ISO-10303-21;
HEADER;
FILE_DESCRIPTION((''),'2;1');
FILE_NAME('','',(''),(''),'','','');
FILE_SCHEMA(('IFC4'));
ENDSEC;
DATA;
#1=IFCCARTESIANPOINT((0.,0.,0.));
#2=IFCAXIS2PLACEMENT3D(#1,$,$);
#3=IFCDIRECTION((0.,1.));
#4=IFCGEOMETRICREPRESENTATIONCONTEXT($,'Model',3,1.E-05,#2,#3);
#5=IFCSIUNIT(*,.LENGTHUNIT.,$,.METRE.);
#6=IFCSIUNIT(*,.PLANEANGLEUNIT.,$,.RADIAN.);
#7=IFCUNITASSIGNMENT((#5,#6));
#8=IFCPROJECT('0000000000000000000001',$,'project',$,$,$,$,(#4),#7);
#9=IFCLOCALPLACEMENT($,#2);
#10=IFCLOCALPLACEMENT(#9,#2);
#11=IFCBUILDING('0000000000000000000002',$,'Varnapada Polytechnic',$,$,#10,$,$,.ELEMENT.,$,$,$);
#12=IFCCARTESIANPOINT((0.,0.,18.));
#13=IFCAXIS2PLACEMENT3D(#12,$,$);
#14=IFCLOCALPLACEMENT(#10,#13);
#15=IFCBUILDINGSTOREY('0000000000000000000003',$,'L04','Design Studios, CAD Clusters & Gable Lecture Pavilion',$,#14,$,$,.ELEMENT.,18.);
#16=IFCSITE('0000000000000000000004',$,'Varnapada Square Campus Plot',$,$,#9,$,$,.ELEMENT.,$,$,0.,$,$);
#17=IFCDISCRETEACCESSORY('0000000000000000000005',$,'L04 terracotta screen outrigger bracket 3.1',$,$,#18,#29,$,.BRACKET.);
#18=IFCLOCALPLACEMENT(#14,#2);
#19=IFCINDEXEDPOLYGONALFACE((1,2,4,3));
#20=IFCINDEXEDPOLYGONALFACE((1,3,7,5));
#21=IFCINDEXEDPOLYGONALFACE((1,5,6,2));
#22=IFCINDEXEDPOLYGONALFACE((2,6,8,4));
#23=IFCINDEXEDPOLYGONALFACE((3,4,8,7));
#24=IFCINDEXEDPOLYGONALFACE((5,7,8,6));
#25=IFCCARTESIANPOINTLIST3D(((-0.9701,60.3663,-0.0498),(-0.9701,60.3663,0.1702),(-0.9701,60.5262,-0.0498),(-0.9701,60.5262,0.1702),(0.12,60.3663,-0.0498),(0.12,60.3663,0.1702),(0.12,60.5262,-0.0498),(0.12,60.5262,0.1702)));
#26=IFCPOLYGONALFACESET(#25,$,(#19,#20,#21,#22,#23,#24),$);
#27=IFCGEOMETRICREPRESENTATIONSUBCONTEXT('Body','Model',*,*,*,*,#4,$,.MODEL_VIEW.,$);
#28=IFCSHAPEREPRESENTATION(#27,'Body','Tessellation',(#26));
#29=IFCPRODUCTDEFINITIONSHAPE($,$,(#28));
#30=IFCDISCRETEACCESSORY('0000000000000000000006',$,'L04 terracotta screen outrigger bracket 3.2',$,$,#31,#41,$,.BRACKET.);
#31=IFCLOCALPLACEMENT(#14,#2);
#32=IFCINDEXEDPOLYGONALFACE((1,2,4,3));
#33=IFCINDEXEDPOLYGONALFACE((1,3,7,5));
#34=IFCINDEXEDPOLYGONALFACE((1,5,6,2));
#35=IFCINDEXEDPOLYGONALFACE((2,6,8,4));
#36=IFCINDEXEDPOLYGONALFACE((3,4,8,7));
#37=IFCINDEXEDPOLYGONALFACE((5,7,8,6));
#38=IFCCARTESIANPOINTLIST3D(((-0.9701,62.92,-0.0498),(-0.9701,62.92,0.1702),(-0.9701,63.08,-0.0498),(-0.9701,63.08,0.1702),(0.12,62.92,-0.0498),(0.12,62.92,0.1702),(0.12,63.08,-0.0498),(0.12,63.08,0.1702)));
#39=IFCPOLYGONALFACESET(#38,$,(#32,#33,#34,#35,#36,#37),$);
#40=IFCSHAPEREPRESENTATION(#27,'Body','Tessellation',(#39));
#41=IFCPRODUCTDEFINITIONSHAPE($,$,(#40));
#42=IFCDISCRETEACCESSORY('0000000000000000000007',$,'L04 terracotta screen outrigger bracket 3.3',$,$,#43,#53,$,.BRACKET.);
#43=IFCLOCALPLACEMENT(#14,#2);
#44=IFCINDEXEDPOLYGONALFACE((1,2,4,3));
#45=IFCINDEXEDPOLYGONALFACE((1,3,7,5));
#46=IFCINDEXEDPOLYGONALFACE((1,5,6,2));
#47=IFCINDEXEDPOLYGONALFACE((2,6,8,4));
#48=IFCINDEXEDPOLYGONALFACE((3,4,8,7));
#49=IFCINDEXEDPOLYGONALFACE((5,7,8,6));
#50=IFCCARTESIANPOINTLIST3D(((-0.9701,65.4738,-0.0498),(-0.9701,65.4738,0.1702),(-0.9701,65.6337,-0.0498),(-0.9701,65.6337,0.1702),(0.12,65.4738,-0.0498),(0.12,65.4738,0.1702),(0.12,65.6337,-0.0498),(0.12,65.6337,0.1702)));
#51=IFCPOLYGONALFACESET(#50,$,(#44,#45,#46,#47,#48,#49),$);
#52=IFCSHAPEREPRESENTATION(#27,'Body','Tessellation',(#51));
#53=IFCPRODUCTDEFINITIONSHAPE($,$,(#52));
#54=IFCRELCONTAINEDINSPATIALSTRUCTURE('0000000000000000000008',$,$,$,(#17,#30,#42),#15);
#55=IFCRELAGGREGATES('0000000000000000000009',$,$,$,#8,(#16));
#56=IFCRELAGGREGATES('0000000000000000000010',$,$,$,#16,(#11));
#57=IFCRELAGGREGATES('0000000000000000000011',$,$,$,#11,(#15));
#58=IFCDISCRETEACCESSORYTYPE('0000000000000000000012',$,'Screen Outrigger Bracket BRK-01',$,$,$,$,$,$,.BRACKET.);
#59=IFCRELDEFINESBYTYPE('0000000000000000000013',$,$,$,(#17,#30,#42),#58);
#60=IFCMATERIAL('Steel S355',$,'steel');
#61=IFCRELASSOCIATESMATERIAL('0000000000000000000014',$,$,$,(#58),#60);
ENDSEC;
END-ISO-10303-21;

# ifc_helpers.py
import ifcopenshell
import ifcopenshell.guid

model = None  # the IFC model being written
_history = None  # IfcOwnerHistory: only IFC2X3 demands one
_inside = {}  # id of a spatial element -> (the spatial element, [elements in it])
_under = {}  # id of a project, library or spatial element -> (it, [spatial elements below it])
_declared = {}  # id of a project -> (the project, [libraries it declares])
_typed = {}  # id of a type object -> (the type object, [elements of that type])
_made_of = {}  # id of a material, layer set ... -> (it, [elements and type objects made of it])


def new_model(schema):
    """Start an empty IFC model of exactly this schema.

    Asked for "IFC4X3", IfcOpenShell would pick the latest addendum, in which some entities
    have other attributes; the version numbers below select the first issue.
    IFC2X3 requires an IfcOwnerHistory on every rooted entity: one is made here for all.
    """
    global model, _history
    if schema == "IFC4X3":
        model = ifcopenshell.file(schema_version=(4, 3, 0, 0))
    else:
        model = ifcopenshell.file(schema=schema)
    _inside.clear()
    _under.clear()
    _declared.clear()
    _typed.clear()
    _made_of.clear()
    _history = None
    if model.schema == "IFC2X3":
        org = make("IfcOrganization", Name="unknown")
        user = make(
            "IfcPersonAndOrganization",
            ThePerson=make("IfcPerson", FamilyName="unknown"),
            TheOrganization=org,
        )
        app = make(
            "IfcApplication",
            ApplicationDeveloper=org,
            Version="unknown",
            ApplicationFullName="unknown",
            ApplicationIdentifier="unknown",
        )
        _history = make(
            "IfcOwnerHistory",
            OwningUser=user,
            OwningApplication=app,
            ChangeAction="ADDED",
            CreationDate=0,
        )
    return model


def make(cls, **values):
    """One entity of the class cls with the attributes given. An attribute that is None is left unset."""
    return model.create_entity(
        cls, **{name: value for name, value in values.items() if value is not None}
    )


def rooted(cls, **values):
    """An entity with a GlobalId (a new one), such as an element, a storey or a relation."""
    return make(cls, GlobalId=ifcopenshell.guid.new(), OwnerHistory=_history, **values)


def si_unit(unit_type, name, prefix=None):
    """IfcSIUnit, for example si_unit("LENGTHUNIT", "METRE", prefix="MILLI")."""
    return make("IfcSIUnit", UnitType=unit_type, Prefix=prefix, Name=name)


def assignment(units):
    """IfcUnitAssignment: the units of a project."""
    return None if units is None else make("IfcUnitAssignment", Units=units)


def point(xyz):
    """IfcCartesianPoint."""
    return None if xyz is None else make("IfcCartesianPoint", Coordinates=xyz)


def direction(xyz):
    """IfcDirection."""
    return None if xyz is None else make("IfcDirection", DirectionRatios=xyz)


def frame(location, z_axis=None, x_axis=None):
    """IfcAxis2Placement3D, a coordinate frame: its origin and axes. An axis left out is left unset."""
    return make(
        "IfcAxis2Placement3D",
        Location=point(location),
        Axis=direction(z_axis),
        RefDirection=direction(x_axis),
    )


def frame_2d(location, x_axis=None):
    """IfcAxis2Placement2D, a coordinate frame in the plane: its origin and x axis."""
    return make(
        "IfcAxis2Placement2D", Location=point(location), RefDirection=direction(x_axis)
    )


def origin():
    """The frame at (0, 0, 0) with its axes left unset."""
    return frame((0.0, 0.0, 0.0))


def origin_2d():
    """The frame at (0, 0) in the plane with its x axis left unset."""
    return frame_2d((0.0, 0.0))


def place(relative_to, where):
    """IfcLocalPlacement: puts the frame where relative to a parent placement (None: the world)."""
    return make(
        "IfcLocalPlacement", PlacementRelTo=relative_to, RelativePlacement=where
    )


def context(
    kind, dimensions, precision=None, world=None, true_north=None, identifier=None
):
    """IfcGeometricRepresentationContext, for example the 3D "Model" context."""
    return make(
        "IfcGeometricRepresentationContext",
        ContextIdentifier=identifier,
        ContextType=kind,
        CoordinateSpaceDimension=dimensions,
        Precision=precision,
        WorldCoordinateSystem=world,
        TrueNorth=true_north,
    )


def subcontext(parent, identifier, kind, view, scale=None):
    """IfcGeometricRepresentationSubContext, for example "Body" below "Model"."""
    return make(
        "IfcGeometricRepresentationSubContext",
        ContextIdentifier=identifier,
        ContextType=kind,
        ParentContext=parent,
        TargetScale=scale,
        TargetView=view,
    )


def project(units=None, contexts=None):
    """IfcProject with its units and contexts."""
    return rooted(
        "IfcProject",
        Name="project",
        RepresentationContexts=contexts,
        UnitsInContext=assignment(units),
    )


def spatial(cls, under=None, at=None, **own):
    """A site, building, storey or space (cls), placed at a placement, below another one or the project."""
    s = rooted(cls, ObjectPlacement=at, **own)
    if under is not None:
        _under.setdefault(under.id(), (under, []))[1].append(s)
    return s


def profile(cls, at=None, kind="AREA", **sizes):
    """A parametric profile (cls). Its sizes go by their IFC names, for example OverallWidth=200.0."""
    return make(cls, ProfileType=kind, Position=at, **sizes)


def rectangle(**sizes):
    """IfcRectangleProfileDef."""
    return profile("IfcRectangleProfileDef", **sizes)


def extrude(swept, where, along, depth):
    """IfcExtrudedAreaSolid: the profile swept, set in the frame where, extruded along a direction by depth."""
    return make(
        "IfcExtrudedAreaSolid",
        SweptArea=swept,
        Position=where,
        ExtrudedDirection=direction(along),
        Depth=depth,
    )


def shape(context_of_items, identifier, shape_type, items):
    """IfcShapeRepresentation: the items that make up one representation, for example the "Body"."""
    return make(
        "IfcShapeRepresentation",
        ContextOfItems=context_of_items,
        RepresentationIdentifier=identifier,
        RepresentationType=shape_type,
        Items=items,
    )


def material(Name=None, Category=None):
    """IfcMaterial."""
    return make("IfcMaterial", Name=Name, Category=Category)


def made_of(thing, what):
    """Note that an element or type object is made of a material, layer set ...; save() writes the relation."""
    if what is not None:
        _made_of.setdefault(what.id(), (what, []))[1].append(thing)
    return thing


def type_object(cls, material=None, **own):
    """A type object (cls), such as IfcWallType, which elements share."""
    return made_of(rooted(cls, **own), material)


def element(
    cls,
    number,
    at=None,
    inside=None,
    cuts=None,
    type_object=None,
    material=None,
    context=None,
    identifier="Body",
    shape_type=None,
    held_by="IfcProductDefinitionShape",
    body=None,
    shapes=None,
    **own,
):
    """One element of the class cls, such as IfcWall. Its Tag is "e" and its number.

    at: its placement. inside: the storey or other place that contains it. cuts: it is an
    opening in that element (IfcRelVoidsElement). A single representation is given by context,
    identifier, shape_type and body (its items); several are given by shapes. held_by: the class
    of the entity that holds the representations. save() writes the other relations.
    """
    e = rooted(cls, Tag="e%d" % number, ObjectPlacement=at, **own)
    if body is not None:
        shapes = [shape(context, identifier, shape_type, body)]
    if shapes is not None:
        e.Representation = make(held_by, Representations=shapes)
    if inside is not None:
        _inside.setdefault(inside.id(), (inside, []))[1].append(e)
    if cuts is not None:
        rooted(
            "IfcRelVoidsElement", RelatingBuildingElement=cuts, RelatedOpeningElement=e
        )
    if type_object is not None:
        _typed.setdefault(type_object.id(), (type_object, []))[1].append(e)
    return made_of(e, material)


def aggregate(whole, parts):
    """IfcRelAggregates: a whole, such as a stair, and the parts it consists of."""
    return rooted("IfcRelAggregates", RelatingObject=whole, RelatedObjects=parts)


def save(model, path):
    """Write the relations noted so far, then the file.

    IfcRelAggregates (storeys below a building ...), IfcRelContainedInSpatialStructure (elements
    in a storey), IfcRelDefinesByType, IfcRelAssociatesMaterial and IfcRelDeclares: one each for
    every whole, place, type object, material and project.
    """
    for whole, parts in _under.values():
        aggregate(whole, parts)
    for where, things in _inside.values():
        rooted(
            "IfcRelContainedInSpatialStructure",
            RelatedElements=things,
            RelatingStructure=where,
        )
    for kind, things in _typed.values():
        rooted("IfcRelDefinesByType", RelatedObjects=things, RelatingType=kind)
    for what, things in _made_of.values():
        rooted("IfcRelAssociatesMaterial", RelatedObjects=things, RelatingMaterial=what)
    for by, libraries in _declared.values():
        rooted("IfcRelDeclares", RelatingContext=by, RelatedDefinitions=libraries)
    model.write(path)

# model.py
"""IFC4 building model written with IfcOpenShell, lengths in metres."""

from ifc_helpers import new_model, si_unit, direction, frame, origin, origin_2d, place, context, subcontext, project, spatial, rectangle, extrude, material, type_object, element, save


model = new_model("IFC4")

# Units and contexts
model_context = context("Model", 3, precision=1e-05, world=origin(), true_north=direction((0.0, 1.0)))
body_context = subcontext(model_context, "Body", "Model", "MODEL_VIEW")
ifc_project = project(units=[si_unit("LENGTHUNIT", "METRE"), si_unit("PLANEANGLEUNIT", "RADIAN")], contexts=[model_context])

# Site, building, storey
site_placement = place(None, origin())
site = spatial("IfcSite", under=ifc_project, at=site_placement, Name="Varnapada Square Campus Plot", CompositionType="ELEMENT", RefElevation=0.0)
building_placement = place(site_placement, origin())
building = spatial("IfcBuilding", under=site, at=building_placement, Name="Varnapada Polytechnic", CompositionType="ELEMENT")
storey_placement = place(building_placement, frame((0.0, 0.0, 18.0)))
storey = spatial("IfcBuildingStorey", under=building, at=storey_placement, Name="L04", Description="Design Studios, CAD Clusters & Gable Lecture Pavilion", CompositionType="ELEMENT", Elevation=18.0)

# Discrete accessories
ifc_material_1 = material(Name="Steel S355", Category="steel")
discrete_accessory_type = type_object("IfcDiscreteAccessoryType", Name="Screen Outrigger Bracket BRK-01", PredefinedType="BRACKET", material=ifc_material_1)
for number, where, z_axis, x_axis, name in (
    (1, (-0.425, 60.4463, -0.0498), (0.0, 0.0, 1.0), (0.0, 1.0, 0.0), "L04 terracotta screen outrigger bracket 3.1"),
    (2, (-0.425, 63.0, -0.0498), (0.0, 0.0, 1.0), (0.0, 1.0, 0.0), "L04 terracotta screen outrigger bracket 3.2"),
    (3, (-0.425, 65.5537, -0.0498), (0.0, 0.0, 1.0), (0.0, 1.0, 0.0), "L04 terracotta screen outrigger bracket 3.3"),
):
    element("IfcDiscreteAccessory", number, at=place(storey_placement, frame(where, z_axis=z_axis, x_axis=x_axis)), inside=storey, type_object=discrete_accessory_type, Name=name, PredefinedType="BRACKET", context=body_context, shape_type="SweptSolid", body=[
        extrude(rectangle(XDim=0.1599, YDim=1.0901, at=origin_2d()), origin(), (0.0, 0.0, 1.0), 0.22),
    ])

save(model, "model.ifc")
